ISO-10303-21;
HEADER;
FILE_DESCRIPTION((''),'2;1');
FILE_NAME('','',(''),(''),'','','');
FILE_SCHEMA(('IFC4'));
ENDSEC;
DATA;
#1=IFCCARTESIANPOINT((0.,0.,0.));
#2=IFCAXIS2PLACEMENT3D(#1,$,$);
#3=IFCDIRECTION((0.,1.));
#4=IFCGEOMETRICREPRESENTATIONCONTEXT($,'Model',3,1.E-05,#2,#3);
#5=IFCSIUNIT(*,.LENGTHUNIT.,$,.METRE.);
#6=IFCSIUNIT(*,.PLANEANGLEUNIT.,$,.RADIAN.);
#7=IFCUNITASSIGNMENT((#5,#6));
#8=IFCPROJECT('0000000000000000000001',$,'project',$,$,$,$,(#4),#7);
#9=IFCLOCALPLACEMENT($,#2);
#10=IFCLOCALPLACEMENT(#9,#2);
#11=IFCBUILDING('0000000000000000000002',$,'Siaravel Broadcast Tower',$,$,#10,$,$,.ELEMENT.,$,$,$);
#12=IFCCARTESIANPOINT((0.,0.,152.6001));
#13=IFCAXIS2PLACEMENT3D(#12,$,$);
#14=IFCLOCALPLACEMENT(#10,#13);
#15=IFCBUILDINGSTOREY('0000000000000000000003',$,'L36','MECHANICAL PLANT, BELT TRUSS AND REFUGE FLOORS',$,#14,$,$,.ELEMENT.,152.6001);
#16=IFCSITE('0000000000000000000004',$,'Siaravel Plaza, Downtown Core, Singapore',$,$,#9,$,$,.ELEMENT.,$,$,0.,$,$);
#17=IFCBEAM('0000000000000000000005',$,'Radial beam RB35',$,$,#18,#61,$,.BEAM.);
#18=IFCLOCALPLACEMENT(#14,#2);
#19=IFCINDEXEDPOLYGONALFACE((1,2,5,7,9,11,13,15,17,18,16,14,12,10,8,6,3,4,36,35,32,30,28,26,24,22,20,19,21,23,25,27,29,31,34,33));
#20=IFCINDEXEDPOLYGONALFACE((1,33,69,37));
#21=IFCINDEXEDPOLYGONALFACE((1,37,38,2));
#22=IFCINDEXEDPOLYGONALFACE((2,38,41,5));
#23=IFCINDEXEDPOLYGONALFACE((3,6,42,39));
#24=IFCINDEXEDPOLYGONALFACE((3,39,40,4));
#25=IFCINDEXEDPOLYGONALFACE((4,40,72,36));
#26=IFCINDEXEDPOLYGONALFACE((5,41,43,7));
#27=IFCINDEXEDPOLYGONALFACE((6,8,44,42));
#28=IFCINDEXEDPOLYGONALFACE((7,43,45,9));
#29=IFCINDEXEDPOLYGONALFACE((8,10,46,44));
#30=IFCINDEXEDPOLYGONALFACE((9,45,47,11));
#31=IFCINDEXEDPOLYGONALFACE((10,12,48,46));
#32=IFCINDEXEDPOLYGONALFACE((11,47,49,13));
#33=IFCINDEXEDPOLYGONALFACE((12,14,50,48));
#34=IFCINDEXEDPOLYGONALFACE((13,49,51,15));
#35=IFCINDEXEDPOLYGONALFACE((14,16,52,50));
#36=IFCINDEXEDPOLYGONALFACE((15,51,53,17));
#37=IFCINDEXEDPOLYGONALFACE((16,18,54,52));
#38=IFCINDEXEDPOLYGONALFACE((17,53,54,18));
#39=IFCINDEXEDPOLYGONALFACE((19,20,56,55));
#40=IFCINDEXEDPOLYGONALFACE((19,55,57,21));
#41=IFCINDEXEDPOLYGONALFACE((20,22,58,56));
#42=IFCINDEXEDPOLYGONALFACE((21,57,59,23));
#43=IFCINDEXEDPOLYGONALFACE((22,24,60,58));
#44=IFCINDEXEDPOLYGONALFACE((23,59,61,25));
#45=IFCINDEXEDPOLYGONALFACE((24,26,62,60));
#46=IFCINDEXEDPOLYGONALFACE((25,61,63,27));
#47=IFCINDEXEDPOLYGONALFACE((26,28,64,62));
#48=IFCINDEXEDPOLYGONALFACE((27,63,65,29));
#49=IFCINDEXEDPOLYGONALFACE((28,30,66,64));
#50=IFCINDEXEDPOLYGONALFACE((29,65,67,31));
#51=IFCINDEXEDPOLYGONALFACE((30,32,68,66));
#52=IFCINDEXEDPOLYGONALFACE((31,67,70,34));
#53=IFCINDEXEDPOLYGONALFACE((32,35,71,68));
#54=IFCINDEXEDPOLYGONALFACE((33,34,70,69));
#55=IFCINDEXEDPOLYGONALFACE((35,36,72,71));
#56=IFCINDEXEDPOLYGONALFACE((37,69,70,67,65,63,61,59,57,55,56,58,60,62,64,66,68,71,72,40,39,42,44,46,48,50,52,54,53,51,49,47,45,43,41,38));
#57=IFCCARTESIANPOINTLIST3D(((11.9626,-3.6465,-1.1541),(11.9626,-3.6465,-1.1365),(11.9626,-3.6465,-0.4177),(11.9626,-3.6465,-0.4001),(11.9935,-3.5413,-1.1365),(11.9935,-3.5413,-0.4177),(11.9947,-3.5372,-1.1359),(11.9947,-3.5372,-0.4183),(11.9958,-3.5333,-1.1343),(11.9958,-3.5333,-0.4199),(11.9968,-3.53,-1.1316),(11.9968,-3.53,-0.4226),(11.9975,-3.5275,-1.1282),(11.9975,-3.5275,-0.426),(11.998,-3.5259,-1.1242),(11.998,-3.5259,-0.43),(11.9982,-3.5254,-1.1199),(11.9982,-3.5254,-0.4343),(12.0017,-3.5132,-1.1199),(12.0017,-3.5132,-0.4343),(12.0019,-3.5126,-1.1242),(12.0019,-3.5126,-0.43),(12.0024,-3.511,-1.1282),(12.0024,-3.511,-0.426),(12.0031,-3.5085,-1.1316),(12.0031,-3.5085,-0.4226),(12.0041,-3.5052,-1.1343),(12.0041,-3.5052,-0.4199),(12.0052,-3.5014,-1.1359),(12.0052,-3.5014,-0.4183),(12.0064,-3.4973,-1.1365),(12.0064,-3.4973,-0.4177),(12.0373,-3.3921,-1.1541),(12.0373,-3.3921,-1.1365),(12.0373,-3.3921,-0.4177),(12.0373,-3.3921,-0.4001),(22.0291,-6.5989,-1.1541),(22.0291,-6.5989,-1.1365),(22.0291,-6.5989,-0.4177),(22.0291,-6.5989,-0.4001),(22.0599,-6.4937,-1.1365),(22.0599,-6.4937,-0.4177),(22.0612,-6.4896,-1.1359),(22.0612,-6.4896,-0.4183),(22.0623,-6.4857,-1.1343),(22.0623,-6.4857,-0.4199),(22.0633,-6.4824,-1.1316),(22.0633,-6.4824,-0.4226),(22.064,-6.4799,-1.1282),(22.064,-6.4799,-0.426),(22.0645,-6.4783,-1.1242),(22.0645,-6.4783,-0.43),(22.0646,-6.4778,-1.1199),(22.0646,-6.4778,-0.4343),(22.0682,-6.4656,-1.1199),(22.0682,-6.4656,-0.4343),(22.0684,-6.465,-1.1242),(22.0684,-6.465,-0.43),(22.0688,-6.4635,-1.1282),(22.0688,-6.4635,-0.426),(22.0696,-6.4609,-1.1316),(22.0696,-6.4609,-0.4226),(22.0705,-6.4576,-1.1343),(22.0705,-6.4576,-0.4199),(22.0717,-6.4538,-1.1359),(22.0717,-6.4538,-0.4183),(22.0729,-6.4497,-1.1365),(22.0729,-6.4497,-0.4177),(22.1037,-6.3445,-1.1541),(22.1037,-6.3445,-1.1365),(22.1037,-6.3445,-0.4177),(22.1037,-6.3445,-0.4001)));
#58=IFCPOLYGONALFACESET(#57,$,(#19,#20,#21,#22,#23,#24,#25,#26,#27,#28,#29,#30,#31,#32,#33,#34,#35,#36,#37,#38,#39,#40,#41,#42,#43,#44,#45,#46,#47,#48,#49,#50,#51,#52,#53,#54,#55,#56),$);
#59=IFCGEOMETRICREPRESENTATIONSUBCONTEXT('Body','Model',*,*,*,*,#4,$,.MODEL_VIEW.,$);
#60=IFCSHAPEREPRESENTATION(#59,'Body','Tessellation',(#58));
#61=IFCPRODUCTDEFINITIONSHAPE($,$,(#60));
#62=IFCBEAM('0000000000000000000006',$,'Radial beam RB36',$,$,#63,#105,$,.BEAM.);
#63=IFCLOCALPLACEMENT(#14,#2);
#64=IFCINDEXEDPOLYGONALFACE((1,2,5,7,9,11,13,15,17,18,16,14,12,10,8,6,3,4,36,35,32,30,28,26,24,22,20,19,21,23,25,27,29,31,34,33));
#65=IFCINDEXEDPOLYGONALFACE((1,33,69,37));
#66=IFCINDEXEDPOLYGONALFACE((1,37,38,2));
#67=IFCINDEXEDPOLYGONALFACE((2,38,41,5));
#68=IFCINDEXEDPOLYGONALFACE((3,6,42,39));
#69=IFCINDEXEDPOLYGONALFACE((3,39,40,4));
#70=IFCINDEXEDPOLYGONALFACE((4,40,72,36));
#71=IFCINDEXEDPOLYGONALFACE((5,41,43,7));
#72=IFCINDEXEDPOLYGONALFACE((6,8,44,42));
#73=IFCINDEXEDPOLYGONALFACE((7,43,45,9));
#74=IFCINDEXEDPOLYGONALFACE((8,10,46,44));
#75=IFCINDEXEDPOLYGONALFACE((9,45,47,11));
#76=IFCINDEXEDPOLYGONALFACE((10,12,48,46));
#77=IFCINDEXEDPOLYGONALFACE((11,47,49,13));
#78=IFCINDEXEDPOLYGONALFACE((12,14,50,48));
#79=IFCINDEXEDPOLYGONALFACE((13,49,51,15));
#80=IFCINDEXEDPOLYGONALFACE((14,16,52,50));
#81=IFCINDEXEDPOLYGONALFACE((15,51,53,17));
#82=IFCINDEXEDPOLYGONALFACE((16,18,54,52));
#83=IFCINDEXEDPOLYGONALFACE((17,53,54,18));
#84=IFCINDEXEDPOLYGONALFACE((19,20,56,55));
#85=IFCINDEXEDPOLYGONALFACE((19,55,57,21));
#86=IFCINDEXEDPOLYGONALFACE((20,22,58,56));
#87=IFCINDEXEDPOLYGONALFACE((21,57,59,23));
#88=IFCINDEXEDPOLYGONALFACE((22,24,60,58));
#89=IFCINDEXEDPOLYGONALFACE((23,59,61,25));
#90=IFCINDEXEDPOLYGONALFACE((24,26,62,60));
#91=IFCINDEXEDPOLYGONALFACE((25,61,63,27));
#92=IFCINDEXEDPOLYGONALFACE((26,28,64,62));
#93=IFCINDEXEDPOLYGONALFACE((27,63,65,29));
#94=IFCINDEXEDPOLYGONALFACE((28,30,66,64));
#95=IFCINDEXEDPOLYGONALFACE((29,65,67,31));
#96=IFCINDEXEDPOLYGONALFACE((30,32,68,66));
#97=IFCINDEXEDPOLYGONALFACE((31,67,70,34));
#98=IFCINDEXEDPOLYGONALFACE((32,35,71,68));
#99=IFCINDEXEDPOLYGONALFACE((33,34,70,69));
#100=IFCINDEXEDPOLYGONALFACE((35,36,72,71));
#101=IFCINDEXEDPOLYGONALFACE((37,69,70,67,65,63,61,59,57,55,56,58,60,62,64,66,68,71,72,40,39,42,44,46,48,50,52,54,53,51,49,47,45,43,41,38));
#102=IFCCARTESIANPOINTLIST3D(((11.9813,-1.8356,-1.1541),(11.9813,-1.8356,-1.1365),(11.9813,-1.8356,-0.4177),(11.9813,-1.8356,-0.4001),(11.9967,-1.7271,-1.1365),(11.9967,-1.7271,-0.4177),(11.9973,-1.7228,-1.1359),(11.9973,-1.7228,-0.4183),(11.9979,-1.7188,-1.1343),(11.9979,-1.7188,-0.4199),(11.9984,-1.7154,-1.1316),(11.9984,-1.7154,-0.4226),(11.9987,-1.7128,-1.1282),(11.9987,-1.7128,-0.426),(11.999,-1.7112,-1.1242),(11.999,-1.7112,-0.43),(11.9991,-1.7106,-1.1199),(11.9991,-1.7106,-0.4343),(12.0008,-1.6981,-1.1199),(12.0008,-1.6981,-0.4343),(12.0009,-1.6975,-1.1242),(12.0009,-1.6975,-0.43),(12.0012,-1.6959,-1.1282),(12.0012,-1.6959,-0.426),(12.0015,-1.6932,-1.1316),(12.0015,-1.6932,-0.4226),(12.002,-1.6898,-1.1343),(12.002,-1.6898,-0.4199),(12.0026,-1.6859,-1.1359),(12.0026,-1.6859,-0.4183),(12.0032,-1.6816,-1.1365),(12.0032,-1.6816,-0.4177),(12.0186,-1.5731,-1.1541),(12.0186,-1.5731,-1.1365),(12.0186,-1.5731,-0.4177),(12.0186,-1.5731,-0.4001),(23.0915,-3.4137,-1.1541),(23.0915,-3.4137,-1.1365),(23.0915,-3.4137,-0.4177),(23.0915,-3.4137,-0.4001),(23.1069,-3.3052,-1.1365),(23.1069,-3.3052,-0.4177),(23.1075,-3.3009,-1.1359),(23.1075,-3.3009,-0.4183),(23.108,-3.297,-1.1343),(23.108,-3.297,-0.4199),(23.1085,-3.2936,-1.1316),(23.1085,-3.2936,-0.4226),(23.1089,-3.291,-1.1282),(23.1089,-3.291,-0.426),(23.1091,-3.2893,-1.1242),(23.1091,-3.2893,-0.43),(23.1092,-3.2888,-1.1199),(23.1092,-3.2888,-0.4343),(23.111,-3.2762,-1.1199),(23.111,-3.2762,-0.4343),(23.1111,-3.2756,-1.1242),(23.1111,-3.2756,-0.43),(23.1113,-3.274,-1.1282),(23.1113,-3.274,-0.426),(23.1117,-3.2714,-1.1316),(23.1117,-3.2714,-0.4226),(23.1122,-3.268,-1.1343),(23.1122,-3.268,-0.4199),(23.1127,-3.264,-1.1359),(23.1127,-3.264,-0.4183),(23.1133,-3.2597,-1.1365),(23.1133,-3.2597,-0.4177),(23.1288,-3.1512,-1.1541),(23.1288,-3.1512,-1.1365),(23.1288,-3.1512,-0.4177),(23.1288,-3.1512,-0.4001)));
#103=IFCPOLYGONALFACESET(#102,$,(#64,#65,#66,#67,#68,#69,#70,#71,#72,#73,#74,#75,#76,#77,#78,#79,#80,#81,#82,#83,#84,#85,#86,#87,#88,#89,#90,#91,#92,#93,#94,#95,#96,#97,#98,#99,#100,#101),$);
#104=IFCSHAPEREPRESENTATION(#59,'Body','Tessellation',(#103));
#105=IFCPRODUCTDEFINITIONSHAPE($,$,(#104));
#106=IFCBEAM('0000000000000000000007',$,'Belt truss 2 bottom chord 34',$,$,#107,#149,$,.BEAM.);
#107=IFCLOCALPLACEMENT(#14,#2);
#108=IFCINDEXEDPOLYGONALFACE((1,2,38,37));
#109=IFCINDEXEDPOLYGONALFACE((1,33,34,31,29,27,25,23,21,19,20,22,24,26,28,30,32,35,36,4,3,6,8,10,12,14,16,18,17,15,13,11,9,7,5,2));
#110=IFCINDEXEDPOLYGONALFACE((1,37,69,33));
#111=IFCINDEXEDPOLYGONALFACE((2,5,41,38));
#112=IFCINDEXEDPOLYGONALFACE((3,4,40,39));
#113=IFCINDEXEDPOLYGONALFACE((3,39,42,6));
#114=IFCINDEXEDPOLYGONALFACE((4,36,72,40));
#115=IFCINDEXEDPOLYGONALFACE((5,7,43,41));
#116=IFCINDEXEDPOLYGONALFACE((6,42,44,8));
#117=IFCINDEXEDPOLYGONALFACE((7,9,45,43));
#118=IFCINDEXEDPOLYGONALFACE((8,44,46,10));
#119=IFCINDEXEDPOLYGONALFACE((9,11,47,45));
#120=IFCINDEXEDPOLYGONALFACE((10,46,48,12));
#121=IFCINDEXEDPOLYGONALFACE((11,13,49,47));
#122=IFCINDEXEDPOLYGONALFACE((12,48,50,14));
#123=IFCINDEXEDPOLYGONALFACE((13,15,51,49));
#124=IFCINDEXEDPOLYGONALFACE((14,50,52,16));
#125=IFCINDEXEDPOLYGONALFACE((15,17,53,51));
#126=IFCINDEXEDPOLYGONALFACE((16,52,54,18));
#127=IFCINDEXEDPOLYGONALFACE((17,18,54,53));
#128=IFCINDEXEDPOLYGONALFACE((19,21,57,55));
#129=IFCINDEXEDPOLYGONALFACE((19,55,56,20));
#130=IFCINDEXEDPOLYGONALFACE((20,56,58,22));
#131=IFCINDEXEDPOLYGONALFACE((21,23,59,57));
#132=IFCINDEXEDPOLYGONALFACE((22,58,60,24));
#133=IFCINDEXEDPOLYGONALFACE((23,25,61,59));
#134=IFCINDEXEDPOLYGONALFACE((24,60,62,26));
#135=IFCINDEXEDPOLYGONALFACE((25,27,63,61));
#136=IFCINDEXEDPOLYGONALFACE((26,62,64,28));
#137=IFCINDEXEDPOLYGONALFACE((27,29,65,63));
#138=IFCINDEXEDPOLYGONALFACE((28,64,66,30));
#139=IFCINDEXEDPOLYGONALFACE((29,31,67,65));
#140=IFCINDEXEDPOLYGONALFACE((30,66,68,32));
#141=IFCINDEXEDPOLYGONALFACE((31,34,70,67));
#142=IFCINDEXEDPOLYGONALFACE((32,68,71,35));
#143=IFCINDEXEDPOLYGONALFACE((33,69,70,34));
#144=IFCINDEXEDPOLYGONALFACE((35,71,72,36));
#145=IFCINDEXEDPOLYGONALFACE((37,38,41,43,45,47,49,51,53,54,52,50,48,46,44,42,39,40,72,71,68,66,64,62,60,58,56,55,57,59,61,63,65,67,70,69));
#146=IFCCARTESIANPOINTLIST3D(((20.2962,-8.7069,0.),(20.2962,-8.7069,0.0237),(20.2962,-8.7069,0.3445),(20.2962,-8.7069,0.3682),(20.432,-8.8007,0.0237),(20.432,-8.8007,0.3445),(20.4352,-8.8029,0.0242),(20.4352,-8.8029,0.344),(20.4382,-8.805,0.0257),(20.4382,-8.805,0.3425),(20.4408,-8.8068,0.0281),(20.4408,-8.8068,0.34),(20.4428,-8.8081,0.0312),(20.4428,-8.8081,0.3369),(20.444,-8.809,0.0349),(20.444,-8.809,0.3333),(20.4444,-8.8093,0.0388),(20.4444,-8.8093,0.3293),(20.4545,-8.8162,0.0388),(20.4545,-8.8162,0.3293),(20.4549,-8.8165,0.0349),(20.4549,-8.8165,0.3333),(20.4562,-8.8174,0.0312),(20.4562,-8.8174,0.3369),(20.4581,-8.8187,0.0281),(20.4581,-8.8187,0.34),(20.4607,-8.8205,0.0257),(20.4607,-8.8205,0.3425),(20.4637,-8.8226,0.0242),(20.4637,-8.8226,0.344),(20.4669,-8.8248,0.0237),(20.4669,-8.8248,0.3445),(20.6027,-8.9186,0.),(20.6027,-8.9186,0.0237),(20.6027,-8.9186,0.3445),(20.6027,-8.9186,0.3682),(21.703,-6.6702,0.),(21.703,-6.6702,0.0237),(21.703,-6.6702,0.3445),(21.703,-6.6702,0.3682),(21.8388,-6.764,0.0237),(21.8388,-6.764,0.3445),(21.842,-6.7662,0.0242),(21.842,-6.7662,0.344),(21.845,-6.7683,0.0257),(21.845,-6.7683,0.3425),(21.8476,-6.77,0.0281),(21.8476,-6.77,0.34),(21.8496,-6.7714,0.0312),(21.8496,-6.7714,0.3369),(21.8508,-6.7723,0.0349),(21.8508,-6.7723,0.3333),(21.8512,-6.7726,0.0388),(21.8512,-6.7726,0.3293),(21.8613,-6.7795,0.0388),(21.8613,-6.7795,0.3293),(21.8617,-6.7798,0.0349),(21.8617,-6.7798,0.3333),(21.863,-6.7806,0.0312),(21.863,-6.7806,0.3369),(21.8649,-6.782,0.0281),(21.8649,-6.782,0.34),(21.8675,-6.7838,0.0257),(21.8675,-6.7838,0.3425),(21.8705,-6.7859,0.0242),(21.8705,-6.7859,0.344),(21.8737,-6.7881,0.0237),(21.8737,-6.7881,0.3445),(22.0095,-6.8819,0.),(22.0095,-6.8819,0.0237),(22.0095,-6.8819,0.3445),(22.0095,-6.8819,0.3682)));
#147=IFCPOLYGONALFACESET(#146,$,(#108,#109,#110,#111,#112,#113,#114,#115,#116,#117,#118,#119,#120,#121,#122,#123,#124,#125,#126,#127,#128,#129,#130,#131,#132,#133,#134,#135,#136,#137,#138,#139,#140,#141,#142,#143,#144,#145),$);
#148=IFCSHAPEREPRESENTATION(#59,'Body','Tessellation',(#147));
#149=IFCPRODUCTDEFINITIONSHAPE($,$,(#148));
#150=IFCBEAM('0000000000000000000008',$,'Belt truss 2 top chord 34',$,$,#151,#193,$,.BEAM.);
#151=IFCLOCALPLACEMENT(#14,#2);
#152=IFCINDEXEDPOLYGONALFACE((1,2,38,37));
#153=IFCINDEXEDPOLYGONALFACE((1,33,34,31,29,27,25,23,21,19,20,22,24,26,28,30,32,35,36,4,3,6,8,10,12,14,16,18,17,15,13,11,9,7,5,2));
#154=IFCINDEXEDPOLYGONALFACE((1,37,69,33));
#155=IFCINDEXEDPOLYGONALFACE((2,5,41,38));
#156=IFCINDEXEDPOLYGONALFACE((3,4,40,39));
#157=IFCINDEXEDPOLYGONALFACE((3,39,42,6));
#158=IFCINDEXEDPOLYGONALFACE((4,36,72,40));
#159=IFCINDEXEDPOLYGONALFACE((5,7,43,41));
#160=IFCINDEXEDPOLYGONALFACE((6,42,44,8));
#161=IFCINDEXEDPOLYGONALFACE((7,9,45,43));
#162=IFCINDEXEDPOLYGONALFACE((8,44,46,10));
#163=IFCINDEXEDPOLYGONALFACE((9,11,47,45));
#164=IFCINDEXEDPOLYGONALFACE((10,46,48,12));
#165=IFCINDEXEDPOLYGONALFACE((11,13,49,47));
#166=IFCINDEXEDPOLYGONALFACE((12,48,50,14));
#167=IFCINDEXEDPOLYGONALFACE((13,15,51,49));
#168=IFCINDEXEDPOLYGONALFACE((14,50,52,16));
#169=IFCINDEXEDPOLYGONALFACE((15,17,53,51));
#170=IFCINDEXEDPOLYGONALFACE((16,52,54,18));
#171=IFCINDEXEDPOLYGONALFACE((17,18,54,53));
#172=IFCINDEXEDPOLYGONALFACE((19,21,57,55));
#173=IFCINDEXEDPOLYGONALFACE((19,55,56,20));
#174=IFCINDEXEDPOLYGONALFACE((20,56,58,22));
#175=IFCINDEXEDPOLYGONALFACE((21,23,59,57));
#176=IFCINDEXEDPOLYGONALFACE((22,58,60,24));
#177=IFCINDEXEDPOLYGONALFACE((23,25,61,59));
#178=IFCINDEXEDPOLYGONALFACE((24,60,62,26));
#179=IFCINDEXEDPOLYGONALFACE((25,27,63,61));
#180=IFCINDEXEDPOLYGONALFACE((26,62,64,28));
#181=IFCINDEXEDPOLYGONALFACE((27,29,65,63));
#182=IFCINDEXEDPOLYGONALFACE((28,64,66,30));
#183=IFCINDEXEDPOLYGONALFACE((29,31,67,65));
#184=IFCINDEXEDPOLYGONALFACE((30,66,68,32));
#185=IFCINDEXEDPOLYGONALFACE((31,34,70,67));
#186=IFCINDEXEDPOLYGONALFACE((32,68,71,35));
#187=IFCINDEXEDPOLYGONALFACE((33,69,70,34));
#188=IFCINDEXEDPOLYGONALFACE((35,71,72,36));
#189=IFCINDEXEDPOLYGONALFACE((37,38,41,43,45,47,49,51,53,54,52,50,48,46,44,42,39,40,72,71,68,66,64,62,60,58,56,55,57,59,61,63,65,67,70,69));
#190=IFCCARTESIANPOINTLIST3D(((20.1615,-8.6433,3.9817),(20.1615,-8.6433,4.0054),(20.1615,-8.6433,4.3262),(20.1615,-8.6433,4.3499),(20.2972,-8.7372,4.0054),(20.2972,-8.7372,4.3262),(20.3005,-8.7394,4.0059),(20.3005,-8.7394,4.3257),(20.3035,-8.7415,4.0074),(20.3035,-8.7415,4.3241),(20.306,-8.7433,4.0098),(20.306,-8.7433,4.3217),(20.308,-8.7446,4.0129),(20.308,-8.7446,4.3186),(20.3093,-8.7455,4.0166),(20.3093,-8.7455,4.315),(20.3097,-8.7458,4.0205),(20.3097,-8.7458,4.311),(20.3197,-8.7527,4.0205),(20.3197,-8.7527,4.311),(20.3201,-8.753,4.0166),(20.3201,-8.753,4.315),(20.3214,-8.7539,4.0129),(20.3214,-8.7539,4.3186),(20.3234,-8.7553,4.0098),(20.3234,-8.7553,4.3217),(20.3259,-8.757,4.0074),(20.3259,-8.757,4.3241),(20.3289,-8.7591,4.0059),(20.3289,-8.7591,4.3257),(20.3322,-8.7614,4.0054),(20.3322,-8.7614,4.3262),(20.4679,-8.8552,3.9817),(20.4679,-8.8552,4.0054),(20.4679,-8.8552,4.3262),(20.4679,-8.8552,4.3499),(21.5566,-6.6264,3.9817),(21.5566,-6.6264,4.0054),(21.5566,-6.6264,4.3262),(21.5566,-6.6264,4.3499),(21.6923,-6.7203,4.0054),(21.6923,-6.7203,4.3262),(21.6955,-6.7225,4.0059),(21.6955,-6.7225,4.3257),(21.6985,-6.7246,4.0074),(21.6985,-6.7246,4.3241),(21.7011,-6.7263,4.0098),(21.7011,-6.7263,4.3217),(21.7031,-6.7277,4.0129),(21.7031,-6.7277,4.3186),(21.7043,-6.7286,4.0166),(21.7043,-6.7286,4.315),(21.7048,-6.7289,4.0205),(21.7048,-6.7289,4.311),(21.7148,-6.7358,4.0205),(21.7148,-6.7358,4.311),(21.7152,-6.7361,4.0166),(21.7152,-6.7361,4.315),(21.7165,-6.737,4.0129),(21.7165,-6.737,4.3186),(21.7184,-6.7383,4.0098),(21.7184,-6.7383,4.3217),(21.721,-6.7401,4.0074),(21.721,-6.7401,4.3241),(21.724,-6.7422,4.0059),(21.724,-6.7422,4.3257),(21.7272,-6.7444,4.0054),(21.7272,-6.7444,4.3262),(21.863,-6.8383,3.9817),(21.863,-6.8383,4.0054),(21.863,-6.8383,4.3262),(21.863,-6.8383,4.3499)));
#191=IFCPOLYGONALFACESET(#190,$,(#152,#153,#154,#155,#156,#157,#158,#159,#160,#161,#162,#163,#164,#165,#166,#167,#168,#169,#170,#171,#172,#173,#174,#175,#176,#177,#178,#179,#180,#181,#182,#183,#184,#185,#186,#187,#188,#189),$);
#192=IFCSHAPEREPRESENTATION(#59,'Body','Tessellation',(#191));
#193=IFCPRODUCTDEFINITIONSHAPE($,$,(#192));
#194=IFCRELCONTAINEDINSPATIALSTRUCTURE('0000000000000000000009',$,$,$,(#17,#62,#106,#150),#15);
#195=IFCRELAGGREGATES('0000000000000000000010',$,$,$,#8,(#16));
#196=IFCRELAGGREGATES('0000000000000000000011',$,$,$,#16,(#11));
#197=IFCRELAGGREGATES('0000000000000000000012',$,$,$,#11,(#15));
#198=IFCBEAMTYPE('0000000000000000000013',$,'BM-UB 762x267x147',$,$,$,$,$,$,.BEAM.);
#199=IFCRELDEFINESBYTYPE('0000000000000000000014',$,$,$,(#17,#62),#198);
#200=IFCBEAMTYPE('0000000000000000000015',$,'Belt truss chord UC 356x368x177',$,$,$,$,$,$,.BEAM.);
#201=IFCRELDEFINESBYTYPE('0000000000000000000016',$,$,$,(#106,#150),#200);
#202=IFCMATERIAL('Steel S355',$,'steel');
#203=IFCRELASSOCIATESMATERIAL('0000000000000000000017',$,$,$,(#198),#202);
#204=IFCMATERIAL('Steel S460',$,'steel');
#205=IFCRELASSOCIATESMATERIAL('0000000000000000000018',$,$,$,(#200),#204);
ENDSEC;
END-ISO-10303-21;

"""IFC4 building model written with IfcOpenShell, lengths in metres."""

from ifc_helpers import new_model, si_unit, direction, frame, origin, origin_2d, place, context, subcontext, project, spatial, i_section, extrude, material, material_profile, profile_set, type_object, element, save


model = new_model("IFC4")

# Units and contexts
model_context = context("Model", 3, precision=1e-05, world=origin(), true_north=direction((0.0, 1.0)))
body_context = subcontext(model_context, "Body", "Model", "MODEL_VIEW")
ifc_project = project(units=[si_unit("LENGTHUNIT", "METRE"), si_unit("PLANEANGLEUNIT", "RADIAN")], contexts=[model_context])

# Site, building, storey
site_placement = place(None, origin())
site = spatial("IfcSite", under=ifc_project, at=site_placement, Name="Siaravel Plaza, Downtown Core, Singapore", CompositionType="ELEMENT", RefElevation=0.0)
building_placement = place(site_placement, origin())
building = spatial("IfcBuilding", under=site, at=building_placement, Name="Siaravel Broadcast Tower", CompositionType="ELEMENT")
storey_placement = place(building_placement, frame((0.0, 0.0, 152.6001)))
storey = spatial("IfcBuildingStorey", under=building, at=storey_placement, Name="L36", Description="MECHANICAL PLANT, BELT TRUSS AND REFUGE FLOORS", CompositionType="ELEMENT", Elevation=152.6001)

# Beams
ifc_material_1 = material(Name="Steel S355", Category="steel")
ifc_material_profile_1 = material_profile(ifc_material_1, i_section(OverallWidth=0.2651, OverallDepth=0.7539, WebThickness=0.0127, FlangeThickness=0.0176, FilletRadius=0.0166, at=origin_2d()))
ifc_profile_set_1 = profile_set([ifc_material_profile_1], Name="Steel S355")
beam_type_1 = type_object("IfcBeamType", Name="BM-UB 762x267x147", PredefinedType="BEAM", material=ifc_profile_set_1)
beam_1_placement = place(storey_placement, frame((22.0664, -6.4717, -0.7771), z_axis=(-0.95958, 0.281437, 0.0), x_axis=(-0.281437, -0.95958, 0.0)))
element("IfcBeam", 1, at=beam_1_placement, inside=storey, type_object=beam_type_1, Name="Radial beam RB35", PredefinedType="BEAM", context=body_context, shape_type="SweptSolid", body=[
    extrude(i_section(OverallWidth=0.2651, OverallDepth=0.7539, WebThickness=0.0127, FlangeThickness=0.0176, FilletRadius=0.0166, at=origin_2d()), origin(), (0.0, 0.0, 1.0), 10.4905),
])
beam_2_placement = place(storey_placement, frame((23.1101, -3.2825, -0.7771), z_axis=(-0.990062, 0.140632, 0.0), x_axis=(-0.140632, -0.990062, 0.0)))
element("IfcBeam", 2, at=beam_2_placement, inside=storey, type_object=beam_type_1, Name="Radial beam RB36", PredefinedType="BEAM", context=body_context, shape_type="SweptSolid", body=[
    extrude(i_section(OverallWidth=0.2651, OverallDepth=0.7539, WebThickness=0.0127, FlangeThickness=0.0176, FilletRadius=0.0166, at=origin_2d()), origin(), (0.0, 0.0, 1.0), 11.2217),
])
ifc_material_2 = material(Name="Steel S460", Category="steel")
ifc_material_profile_2 = material_profile(ifc_material_2, i_section(OverallWidth=0.3726, OverallDepth=0.3682, WebThickness=0.0122, FlangeThickness=0.0237, FilletRadius=0.0151, at=origin_2d()))
ifc_profile_set_2 = profile_set([ifc_material_profile_2], Name="Steel S460")
beam_type_2 = type_object("IfcBeamType", Name="Belt truss chord UC 356x368x177", PredefinedType="BEAM", material=ifc_profile_set_2)
beam_3_placement = place(storey_placement, frame((20.4495, -8.8127, 0.1841), z_axis=(0.568327, 0.822802, 0.0), x_axis=(-0.822802, 0.568327, 0.0)))
element("IfcBeam", 3, at=beam_3_placement, inside=storey, type_object=beam_type_2, Name="Belt truss 2 bottom chord 34", PredefinedType="BEAM", context=body_context, shape_type="SweptSolid", body=[
    extrude(i_section(OverallWidth=0.3726, OverallDepth=0.3682, WebThickness=0.0122, FlangeThickness=0.0237, FilletRadius=0.0151, at=origin_2d()), origin(), (0.0, 0.0, 1.0), 2.4753),
])
beam_4_placement = place(storey_placement, frame((20.3147, -8.7493, 4.1658), z_axis=(0.568863, 0.822432, 0.0), x_axis=(-0.822432, 0.568863, 0.0)))
element("IfcBeam", 4, at=beam_4_placement, inside=storey, type_object=beam_type_2, Name="Belt truss 2 top chord 34", PredefinedType="BEAM", context=body_context, shape_type="SweptSolid", body=[
    extrude(i_section(OverallWidth=0.3726, OverallDepth=0.3682, WebThickness=0.0122, FlangeThickness=0.0237, FilletRadius=0.0151, at=origin_2d()), origin(), (0.0, 0.0, 1.0), 2.4524),
])

save(model, "model.ifc")
